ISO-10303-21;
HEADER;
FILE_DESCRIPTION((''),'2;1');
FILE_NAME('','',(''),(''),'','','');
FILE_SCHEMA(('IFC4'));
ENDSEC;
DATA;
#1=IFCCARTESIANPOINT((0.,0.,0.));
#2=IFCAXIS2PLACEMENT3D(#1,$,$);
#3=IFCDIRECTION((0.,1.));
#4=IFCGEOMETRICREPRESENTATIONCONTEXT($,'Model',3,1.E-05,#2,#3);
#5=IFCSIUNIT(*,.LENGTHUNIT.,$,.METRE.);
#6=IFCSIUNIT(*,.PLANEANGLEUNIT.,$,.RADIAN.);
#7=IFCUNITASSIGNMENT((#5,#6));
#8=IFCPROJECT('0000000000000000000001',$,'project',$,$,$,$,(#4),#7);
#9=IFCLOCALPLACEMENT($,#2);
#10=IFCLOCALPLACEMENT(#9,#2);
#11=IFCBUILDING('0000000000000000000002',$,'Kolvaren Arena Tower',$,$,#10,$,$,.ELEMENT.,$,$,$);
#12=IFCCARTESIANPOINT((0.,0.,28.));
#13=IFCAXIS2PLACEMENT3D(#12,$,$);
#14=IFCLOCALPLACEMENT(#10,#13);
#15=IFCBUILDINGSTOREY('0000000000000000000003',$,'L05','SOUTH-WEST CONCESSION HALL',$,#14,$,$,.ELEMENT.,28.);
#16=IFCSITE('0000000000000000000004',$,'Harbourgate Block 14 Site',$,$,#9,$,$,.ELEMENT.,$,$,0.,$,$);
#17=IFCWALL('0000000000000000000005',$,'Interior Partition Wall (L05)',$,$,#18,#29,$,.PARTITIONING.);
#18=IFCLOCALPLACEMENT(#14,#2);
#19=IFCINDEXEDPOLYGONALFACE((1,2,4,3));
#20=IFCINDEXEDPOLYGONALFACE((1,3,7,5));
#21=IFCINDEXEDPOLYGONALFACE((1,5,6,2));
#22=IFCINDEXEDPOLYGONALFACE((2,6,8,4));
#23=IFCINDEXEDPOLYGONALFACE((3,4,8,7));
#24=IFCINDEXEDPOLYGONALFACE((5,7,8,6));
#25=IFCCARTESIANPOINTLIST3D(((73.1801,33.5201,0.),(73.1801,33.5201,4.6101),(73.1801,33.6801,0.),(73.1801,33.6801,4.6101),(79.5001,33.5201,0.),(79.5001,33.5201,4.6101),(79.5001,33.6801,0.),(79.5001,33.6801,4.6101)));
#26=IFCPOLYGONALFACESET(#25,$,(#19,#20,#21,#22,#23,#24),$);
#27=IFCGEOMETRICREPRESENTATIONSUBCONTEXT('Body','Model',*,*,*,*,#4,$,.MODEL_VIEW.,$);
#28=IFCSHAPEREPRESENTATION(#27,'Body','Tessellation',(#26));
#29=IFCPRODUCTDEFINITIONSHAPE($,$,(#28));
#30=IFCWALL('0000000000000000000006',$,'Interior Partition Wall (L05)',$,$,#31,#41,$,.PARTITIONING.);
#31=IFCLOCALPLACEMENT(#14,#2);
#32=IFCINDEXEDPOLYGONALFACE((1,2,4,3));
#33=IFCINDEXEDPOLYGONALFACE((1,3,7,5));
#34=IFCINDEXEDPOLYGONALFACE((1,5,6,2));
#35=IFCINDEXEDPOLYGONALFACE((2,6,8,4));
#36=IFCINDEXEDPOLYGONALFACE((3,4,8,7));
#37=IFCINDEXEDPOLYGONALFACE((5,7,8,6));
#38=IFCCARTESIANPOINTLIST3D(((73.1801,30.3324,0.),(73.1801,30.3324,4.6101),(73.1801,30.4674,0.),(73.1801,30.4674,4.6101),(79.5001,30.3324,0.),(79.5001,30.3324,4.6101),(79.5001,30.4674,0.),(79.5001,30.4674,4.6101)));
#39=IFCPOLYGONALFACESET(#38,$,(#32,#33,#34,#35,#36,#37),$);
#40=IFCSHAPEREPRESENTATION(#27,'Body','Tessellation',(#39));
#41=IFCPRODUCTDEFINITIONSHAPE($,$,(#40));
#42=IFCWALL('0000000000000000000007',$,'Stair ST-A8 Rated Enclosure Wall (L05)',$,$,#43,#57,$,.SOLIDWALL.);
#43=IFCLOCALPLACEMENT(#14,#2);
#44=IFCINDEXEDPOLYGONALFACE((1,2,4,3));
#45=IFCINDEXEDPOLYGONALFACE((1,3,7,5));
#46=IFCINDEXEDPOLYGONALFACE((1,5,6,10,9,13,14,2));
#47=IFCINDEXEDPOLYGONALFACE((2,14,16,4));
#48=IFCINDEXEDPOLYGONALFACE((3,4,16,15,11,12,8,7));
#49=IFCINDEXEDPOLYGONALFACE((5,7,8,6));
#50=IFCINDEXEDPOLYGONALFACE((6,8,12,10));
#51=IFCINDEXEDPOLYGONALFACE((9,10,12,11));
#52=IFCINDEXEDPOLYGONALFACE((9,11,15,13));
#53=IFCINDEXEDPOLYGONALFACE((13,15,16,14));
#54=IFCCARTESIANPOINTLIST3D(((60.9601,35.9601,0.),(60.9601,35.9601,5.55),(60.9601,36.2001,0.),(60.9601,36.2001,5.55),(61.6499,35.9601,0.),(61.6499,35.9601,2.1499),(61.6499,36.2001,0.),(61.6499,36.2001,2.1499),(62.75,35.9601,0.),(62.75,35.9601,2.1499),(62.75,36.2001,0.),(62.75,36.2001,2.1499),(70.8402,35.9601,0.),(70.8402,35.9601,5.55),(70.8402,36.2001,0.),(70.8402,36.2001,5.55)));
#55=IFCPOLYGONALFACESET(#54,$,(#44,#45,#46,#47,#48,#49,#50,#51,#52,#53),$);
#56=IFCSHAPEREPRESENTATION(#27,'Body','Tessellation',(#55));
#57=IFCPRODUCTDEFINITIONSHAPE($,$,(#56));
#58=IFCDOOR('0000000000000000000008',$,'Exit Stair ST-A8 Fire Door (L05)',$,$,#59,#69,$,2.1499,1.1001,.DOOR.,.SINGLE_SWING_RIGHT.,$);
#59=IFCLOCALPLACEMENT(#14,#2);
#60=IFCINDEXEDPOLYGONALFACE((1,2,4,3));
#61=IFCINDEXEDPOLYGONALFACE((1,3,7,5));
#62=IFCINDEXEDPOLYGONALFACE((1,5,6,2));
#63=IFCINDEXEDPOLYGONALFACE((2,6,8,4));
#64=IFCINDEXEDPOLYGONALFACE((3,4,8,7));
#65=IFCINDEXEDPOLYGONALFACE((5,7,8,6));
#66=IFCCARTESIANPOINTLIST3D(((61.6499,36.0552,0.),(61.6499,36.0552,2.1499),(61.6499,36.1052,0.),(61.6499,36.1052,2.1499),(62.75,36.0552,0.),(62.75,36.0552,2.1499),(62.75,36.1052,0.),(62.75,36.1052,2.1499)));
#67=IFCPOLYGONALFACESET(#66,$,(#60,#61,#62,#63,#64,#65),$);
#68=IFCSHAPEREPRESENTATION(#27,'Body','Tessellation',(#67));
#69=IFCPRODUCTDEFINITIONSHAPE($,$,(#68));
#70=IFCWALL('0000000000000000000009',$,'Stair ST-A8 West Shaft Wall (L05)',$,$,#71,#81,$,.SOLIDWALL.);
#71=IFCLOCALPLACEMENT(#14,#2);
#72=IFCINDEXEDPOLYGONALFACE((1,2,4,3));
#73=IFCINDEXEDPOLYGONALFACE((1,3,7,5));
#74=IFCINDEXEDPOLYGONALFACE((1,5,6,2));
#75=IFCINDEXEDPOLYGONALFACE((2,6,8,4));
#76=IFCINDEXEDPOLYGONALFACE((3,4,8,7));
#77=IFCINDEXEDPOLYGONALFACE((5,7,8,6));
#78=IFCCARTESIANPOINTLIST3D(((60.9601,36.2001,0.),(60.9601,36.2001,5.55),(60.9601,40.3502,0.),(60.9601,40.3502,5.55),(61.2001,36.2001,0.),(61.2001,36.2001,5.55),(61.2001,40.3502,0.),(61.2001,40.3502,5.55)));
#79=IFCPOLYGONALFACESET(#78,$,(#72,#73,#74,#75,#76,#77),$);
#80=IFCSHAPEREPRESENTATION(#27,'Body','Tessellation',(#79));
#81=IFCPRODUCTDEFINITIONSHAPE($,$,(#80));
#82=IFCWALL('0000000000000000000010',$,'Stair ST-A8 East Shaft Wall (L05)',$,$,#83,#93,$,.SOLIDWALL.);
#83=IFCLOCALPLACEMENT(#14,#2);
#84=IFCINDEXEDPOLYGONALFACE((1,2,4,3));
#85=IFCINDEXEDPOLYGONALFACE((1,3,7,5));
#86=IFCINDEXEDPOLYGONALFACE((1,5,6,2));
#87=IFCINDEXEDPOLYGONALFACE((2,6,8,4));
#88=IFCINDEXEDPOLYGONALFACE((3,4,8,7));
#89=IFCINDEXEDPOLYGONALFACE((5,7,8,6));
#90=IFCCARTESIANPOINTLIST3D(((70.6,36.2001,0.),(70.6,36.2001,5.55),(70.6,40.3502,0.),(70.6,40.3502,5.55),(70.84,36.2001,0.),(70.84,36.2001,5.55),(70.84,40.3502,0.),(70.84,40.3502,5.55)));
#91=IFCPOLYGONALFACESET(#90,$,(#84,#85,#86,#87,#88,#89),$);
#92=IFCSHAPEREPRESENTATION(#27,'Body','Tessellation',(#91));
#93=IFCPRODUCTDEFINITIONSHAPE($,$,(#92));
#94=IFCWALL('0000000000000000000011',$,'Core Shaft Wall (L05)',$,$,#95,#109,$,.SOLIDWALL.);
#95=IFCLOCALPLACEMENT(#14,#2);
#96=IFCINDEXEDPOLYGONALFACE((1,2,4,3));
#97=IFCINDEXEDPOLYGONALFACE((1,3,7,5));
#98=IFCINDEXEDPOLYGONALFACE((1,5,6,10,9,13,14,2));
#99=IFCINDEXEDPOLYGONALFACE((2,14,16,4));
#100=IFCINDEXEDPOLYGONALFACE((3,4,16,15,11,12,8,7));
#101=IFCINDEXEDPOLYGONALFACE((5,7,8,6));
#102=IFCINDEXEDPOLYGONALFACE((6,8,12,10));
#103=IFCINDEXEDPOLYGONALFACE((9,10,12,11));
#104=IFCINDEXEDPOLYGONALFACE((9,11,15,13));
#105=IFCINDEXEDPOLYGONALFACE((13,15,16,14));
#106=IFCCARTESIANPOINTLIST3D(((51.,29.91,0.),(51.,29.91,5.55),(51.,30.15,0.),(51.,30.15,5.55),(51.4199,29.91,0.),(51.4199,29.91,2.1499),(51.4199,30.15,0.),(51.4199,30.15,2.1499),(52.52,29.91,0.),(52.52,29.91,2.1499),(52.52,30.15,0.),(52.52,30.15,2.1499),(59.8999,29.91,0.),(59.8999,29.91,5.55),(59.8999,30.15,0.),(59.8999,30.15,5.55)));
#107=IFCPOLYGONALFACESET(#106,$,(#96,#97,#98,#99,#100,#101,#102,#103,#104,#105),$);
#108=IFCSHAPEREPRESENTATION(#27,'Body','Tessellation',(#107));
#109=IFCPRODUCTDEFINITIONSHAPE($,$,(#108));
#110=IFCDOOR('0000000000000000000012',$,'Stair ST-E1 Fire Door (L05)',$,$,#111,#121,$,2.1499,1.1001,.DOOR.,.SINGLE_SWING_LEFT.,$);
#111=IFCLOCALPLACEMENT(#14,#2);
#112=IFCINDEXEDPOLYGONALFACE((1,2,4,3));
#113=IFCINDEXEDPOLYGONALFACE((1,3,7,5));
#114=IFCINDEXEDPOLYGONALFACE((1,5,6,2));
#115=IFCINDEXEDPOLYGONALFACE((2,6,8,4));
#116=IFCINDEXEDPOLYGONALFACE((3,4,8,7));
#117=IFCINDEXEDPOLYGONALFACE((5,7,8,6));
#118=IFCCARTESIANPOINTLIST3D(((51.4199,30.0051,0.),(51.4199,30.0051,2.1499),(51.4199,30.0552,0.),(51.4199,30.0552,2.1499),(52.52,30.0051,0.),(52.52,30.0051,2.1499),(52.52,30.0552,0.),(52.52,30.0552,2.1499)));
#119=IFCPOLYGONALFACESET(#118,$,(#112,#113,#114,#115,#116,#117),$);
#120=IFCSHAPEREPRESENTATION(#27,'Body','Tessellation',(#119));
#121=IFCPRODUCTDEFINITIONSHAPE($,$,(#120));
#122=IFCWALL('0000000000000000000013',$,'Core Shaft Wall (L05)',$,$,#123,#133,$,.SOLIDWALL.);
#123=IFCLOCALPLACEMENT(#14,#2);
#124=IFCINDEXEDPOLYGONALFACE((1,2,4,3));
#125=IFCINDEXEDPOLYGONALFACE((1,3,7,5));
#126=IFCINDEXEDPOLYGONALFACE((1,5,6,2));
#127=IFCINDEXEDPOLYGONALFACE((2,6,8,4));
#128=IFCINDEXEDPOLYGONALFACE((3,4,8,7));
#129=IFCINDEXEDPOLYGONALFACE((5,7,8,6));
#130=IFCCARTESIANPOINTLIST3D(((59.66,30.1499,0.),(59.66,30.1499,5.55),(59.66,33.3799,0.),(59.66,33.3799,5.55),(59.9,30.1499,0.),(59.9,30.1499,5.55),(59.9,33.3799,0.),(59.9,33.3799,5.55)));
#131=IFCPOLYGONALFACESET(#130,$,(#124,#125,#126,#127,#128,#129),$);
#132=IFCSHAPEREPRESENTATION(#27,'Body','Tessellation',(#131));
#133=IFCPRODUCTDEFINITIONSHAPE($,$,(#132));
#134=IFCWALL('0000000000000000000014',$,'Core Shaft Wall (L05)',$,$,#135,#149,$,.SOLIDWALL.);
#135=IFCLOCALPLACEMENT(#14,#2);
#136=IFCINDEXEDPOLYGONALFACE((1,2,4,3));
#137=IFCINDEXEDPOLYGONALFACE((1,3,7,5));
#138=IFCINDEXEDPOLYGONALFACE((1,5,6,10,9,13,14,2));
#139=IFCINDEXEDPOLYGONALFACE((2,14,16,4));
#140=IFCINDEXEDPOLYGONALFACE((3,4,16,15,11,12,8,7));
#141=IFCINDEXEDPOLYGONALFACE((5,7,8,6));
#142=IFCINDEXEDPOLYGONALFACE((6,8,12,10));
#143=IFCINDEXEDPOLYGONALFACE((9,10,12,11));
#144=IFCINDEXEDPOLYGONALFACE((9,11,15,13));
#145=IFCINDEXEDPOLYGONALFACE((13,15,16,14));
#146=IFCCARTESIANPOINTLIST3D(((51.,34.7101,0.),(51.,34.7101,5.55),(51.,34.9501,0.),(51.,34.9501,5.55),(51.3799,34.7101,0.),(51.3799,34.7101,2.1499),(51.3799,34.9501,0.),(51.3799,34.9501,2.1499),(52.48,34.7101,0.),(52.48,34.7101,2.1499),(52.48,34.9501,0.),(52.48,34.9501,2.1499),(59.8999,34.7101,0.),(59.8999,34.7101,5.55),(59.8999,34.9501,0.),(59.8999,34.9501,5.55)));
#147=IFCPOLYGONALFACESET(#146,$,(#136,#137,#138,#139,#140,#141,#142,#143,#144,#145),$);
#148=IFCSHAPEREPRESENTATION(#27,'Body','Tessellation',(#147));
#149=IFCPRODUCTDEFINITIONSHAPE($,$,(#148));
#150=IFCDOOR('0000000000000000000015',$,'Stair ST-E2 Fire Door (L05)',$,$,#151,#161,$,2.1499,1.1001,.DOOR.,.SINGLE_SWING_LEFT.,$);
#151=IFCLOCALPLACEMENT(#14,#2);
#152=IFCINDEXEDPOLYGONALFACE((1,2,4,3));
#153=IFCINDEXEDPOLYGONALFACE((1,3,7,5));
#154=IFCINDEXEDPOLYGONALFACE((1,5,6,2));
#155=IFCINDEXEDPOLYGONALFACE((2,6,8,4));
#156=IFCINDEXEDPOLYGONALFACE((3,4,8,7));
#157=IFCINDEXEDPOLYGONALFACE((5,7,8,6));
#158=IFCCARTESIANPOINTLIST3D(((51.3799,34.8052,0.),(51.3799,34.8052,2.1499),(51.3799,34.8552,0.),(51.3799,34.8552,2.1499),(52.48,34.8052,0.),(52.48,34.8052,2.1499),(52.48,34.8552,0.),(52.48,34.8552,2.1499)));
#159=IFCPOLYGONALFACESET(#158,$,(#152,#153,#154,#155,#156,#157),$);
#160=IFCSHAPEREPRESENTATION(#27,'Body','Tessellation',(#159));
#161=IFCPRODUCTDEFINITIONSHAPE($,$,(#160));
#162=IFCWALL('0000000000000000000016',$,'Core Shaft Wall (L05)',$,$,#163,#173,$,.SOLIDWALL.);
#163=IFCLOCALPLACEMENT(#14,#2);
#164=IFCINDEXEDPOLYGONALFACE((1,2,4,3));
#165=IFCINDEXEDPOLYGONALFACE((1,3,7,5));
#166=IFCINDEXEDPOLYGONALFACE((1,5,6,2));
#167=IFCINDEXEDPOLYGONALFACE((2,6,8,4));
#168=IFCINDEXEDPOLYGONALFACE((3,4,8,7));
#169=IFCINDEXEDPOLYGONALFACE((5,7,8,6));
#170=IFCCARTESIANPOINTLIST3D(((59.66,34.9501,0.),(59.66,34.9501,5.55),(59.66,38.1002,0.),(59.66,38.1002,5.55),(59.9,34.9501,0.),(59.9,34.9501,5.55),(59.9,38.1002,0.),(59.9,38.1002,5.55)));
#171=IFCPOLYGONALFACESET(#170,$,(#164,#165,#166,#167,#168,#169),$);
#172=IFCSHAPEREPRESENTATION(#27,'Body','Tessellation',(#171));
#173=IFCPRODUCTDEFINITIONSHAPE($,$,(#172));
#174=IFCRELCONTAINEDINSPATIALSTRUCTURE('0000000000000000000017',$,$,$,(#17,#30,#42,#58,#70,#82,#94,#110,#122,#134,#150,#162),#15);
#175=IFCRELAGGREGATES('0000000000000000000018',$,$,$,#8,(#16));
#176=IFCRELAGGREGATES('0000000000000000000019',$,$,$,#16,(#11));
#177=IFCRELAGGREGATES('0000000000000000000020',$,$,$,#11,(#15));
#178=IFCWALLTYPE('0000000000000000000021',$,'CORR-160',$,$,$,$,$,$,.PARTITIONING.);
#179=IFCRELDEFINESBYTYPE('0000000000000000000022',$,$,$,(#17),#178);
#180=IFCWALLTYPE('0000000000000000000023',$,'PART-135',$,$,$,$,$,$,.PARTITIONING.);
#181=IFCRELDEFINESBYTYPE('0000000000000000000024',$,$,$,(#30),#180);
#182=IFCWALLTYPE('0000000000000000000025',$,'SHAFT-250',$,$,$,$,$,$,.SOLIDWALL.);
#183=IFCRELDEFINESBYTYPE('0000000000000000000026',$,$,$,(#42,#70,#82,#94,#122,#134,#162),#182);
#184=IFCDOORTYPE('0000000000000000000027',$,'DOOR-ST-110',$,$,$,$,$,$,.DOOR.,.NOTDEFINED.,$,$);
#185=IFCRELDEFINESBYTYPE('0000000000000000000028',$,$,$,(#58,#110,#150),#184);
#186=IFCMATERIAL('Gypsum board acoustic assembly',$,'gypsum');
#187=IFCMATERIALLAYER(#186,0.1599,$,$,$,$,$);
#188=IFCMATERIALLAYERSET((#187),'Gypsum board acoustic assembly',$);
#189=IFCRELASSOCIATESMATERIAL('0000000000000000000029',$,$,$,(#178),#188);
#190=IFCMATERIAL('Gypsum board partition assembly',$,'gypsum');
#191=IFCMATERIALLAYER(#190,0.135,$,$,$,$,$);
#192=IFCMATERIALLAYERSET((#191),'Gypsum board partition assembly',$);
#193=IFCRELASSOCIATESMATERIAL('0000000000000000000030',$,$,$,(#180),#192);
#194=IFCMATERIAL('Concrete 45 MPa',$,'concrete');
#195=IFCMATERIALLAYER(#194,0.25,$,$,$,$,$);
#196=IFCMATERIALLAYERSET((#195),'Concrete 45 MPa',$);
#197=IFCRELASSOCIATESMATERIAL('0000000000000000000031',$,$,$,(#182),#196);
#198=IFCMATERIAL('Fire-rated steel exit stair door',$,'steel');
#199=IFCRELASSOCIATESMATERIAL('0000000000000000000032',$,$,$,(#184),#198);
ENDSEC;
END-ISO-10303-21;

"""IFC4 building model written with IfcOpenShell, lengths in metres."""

from ifc_helpers import new_model, si_unit, direction, frame, frame_2d, origin, place, context, subcontext, project, spatial, rectangle, extrude, material, layer, layer_set, type_object, element, fill, save


model = new_model("IFC4")

# Units and contexts
model_context = context("Model", 3, precision=1e-05, world=origin(), true_north=direction((0.0, 1.0)))
body_context = subcontext(model_context, "Body", "Model", "MODEL_VIEW")
ifc_project = project(units=[si_unit("LENGTHUNIT", "METRE"), si_unit("PLANEANGLEUNIT", "RADIAN")], contexts=[model_context])

# Site, building, storey
site_placement = place(None, origin())
site = spatial("IfcSite", under=ifc_project, at=site_placement, Name="Harbourgate Block 14 Site", CompositionType="ELEMENT", RefElevation=0.0)
building_placement = place(site_placement, origin())
building = spatial("IfcBuilding", under=site, at=building_placement, Name="Kolvaren Arena Tower", CompositionType="ELEMENT")
storey_placement = place(building_placement, frame((0.0, 0.0, 28.0)))
storey = spatial("IfcBuildingStorey", under=building, at=storey_placement, Name="L05", Description="SOUTH-WEST CONCESSION HALL", CompositionType="ELEMENT", Elevation=28.0)

# Walls
ifc_material_1 = material(Name="Gypsum board acoustic assembly", Category="gypsum")
ifc_layer_1 = layer(ifc_material_1, 0.1599)
ifc_layer_set_1 = layer_set([ifc_layer_1], Name="Gypsum board acoustic assembly")
wall_type_1 = type_object("IfcWallType", Name="CORR-160", PredefinedType="PARTITIONING", material=ifc_layer_set_1)
wall_1_placement = place(storey_placement, frame((73.1799, 33.6001, 0.0), z_axis=(0.0, 0.0, 1.0), x_axis=(1.0, 0.0, 0.0)))
element("IfcWall", 1, at=wall_1_placement, inside=storey, type_object=wall_type_1, Name="Interior Partition Wall (L05)", PredefinedType="PARTITIONING", context=body_context, shape_type="SweptSolid", body=[
    extrude(rectangle(XDim=6.3201, YDim=0.1599, at=frame_2d((3.1602, 0.0))), origin(), (0.0, 0.0, 1.0), 4.6101),
])
ifc_material_2 = material(Name="Gypsum board partition assembly", Category="gypsum")
ifc_layer_2 = layer(ifc_material_2, 0.135)
ifc_layer_set_2 = layer_set([ifc_layer_2], Name="Gypsum board partition assembly")
wall_type_2 = type_object("IfcWallType", Name="PART-135", PredefinedType="PARTITIONING", material=ifc_layer_set_2)
wall_2_placement = place(storey_placement, frame((73.1799, 30.3999, 0.0), z_axis=(0.0, 0.0, 1.0), x_axis=(1.0, 0.0, 0.0)))
element("IfcWall", 2, at=wall_2_placement, inside=storey, type_object=wall_type_2, Name="Interior Partition Wall (L05)", PredefinedType="PARTITIONING", context=body_context, shape_type="SweptSolid", body=[
    extrude(rectangle(XDim=6.3201, YDim=0.135, at=frame_2d((3.1602, 0.0))), origin(), (0.0, 0.0, 1.0), 4.6101),
])

# Wall, opening, door
ifc_material_3 = material(Name="Concrete 45 MPa", Category="concrete")
ifc_layer_3 = layer(ifc_material_3, 0.25)
ifc_layer_set_3 = layer_set([ifc_layer_3], Name="Concrete 45 MPa")
wall_type_3 = type_object("IfcWallType", Name="SHAFT-250", PredefinedType="SOLIDWALL", material=ifc_layer_set_3)
wall_3_placement = place(storey_placement, frame((70.8401, 36.0801, 0.0), z_axis=(0.0, 0.0, 1.0), x_axis=(-1.0, 0.0, 0.0)))
wall_3 = element("IfcWall", 3, at=wall_3_placement, inside=storey, type_object=wall_type_3, Name="Stair ST-A8 Rated Enclosure Wall (L05)", PredefinedType="SOLIDWALL", context=body_context, shape_type="SweptSolid", body=[
    extrude(rectangle(XDim=9.8801, YDim=0.24, at=frame_2d((4.9399, 0.0))), origin(), (0.0, 0.0, 1.0), 5.55),
])
opening_1_placement = place(wall_3_placement, frame((8.0901, 0.0, 0.0)))
opening_1 = element("IfcOpeningElement", 4, at=opening_1_placement, cuts=wall_3, PredefinedType="OPENING", context=body_context, shape_type="SweptSolid", body=[
    extrude(rectangle(XDim=1.1001, YDim=2.1499, at=frame_2d((0.55, 1.075))), frame((0.0, 0.1299, 0.0), z_axis=(0.0, -1.0, 0.0), x_axis=(1.0, 0.0, 0.0)), (0.0, 0.0, 1.0), 0.26),
])
ifc_material_4 = material(Name="Fire-rated steel exit stair door", Category="steel")
door_type = type_object("IfcDoorType", Name="DOOR-ST-110", OperationType="NOTDEFINED", PredefinedType="DOOR", material=ifc_material_4)
door_1_placement = place(opening_1_placement, origin())
door_1 = element("IfcDoor", 5, at=door_1_placement, inside=storey, type_object=door_type, Name="Exit Stair ST-A8 Fire Door (L05)", OperationType="SINGLE_SWING_RIGHT", OverallHeight=2.1499, OverallWidth=1.1001, PredefinedType="DOOR", context=body_context, shape_type="SweptSolid", body=[
    extrude(rectangle(XDim=1.1001, YDim=2.1499, at=frame_2d((0.55, 1.075))), frame((0.0, 0.0249, 0.0), z_axis=(0.0, -1.0, 0.0), x_axis=(1.0, 0.0, 0.0)), (0.0, 0.0, 1.0), 0.05),
])
fill(opening_1, door_1)

# Walls
for number, where, z_axis, x_axis, name in (
    (6, (61.0801, 36.2, 0.0), (0.0, 0.0, 1.0), (0.0, 1.0, 0.0), "Stair ST-A8 West Shaft Wall (L05)"),
    (7, (70.72, 36.2, 0.0), (0.0, 0.0, 1.0), (0.0, 1.0, 0.0), "Stair ST-A8 East Shaft Wall (L05)"),
):
    element("IfcWall", number, at=place(storey_placement, frame(where, z_axis=z_axis, x_axis=x_axis)), inside=storey, type_object=wall_type_3, Name=name, PredefinedType="SOLIDWALL", context=body_context, shape_type="SweptSolid", body=[
        extrude(rectangle(XDim=4.1501, YDim=0.24, at=frame_2d((2.0752, 0.0))), origin(), (0.0, 0.0, 1.0), 5.55),
    ])

# Wall, opening, door
wall_4_placement = place(storey_placement, frame((59.8999, 30.03, 0.0), z_axis=(0.0, 0.0, 1.0), x_axis=(-1.0, 0.0, 0.0)))
wall_4 = element("IfcWall", 8, at=wall_4_placement, inside=storey, type_object=wall_type_3, Name="Core Shaft Wall (L05)", PredefinedType="SOLIDWALL", context=body_context, shape_type="SweptSolid", body=[
    extrude(rectangle(XDim=8.8999, YDim=0.24, at=frame_2d((4.45, 0.0))), origin(), (0.0, 0.0, 1.0), 5.55),
])
opening_2_placement = place(wall_4_placement, frame((7.3799, 0.0, 0.0)))
opening_2 = element("IfcOpeningElement", 9, at=opening_2_placement, cuts=wall_4, PredefinedType="OPENING", context=body_context, shape_type="SweptSolid", body=[
    extrude(rectangle(XDim=1.1001, YDim=2.1499, at=frame_2d((0.55, 1.075))), frame((0.0, 0.1299, 0.0), z_axis=(0.0, -1.0, 0.0), x_axis=(1.0, 0.0, 0.0)), (0.0, 0.0, 1.0), 0.26),
])
door_2_placement = place(opening_2_placement, origin())
door_2 = element("IfcDoor", 10, at=door_2_placement, inside=storey, type_object=door_type, Name="Stair ST-E1 Fire Door (L05)", OperationType="SINGLE_SWING_LEFT", OverallHeight=2.1499, OverallWidth=1.1001, PredefinedType="DOOR", context=body_context, shape_type="SweptSolid", body=[
    extrude(rectangle(XDim=1.1001, YDim=2.1499, at=frame_2d((0.55, 1.075))), frame((0.0, 0.0249, 0.0), z_axis=(0.0, -1.0, 0.0), x_axis=(1.0, 0.0, 0.0)), (0.0, 0.0, 1.0), 0.05),
])
fill(opening_2, door_2)

# Wall
wall_5_placement = place(storey_placement, frame((59.78, 30.1499, 0.0), z_axis=(0.0, 0.0, 1.0), x_axis=(0.0, 1.0, 0.0)))
element("IfcWall", 11, at=wall_5_placement, inside=storey, type_object=wall_type_3, Name="Core Shaft Wall (L05)", PredefinedType="SOLIDWALL", context=body_context, shape_type="SweptSolid", body=[
    extrude(rectangle(XDim=3.23, YDim=0.24, at=frame_2d((1.615, 0.0))), origin(), (0.0, 0.0, 1.0), 5.55),
])

# Wall, opening, door
wall_6_placement = place(storey_placement, frame((59.8999, 34.8301, 0.0), z_axis=(0.0, 0.0, 1.0), x_axis=(-1.0, 0.0, 0.0)))
wall_6 = element("IfcWall", 12, at=wall_6_placement, inside=storey, type_object=wall_type_3, Name="Core Shaft Wall (L05)", PredefinedType="SOLIDWALL", context=body_context, shape_type="SweptSolid", body=[
    extrude(rectangle(XDim=8.8999, YDim=0.24, at=frame_2d((4.45, 0.0))), origin(), (0.0, 0.0, 1.0), 5.55),
])
opening_3_placement = place(wall_6_placement, frame((7.4199, 0.0, 0.0)))
opening_3 = element("IfcOpeningElement", 13, at=opening_3_placement, cuts=wall_6, PredefinedType="OPENING", context=body_context, shape_type="SweptSolid", body=[
    extrude(rectangle(XDim=1.1001, YDim=2.1499, at=frame_2d((0.55, 1.075))), frame((0.0, 0.1299, 0.0), z_axis=(0.0, -1.0, 0.0), x_axis=(1.0, 0.0, 0.0)), (0.0, 0.0, 1.0), 0.26),
])
door_3_placement = place(opening_3_placement, origin())
door_3 = element("IfcDoor", 14, at=door_3_placement, inside=storey, type_object=door_type, Name="Stair ST-E2 Fire Door (L05)", OperationType="SINGLE_SWING_LEFT", OverallHeight=2.1499, OverallWidth=1.1001, PredefinedType="DOOR", context=body_context, shape_type="SweptSolid", body=[
    extrude(rectangle(XDim=1.1001, YDim=2.1499, at=frame_2d((0.55, 1.075))), frame((0.0, 0.0249, 0.0), z_axis=(0.0, -1.0, 0.0), x_axis=(1.0, 0.0, 0.0)), (0.0, 0.0, 1.0), 0.05),
])
fill(opening_3, door_3)

# Wall
wall_7_placement = place(storey_placement, frame((59.78, 34.95, 0.0), z_axis=(0.0, 0.0, 1.0), x_axis=(0.0, 1.0, 0.0)))
element("IfcWall", 15, at=wall_7_placement, inside=storey, type_object=wall_type_3, Name="Core Shaft Wall (L05)", PredefinedType="SOLIDWALL", context=body_context, shape_type="SweptSolid", body=[
    extrude(rectangle(XDim=3.1501, YDim=0.24, at=frame_2d((1.5752, 0.0))), origin(), (0.0, 0.0, 1.0), 5.55),
])

save(model, "model.ifc")
